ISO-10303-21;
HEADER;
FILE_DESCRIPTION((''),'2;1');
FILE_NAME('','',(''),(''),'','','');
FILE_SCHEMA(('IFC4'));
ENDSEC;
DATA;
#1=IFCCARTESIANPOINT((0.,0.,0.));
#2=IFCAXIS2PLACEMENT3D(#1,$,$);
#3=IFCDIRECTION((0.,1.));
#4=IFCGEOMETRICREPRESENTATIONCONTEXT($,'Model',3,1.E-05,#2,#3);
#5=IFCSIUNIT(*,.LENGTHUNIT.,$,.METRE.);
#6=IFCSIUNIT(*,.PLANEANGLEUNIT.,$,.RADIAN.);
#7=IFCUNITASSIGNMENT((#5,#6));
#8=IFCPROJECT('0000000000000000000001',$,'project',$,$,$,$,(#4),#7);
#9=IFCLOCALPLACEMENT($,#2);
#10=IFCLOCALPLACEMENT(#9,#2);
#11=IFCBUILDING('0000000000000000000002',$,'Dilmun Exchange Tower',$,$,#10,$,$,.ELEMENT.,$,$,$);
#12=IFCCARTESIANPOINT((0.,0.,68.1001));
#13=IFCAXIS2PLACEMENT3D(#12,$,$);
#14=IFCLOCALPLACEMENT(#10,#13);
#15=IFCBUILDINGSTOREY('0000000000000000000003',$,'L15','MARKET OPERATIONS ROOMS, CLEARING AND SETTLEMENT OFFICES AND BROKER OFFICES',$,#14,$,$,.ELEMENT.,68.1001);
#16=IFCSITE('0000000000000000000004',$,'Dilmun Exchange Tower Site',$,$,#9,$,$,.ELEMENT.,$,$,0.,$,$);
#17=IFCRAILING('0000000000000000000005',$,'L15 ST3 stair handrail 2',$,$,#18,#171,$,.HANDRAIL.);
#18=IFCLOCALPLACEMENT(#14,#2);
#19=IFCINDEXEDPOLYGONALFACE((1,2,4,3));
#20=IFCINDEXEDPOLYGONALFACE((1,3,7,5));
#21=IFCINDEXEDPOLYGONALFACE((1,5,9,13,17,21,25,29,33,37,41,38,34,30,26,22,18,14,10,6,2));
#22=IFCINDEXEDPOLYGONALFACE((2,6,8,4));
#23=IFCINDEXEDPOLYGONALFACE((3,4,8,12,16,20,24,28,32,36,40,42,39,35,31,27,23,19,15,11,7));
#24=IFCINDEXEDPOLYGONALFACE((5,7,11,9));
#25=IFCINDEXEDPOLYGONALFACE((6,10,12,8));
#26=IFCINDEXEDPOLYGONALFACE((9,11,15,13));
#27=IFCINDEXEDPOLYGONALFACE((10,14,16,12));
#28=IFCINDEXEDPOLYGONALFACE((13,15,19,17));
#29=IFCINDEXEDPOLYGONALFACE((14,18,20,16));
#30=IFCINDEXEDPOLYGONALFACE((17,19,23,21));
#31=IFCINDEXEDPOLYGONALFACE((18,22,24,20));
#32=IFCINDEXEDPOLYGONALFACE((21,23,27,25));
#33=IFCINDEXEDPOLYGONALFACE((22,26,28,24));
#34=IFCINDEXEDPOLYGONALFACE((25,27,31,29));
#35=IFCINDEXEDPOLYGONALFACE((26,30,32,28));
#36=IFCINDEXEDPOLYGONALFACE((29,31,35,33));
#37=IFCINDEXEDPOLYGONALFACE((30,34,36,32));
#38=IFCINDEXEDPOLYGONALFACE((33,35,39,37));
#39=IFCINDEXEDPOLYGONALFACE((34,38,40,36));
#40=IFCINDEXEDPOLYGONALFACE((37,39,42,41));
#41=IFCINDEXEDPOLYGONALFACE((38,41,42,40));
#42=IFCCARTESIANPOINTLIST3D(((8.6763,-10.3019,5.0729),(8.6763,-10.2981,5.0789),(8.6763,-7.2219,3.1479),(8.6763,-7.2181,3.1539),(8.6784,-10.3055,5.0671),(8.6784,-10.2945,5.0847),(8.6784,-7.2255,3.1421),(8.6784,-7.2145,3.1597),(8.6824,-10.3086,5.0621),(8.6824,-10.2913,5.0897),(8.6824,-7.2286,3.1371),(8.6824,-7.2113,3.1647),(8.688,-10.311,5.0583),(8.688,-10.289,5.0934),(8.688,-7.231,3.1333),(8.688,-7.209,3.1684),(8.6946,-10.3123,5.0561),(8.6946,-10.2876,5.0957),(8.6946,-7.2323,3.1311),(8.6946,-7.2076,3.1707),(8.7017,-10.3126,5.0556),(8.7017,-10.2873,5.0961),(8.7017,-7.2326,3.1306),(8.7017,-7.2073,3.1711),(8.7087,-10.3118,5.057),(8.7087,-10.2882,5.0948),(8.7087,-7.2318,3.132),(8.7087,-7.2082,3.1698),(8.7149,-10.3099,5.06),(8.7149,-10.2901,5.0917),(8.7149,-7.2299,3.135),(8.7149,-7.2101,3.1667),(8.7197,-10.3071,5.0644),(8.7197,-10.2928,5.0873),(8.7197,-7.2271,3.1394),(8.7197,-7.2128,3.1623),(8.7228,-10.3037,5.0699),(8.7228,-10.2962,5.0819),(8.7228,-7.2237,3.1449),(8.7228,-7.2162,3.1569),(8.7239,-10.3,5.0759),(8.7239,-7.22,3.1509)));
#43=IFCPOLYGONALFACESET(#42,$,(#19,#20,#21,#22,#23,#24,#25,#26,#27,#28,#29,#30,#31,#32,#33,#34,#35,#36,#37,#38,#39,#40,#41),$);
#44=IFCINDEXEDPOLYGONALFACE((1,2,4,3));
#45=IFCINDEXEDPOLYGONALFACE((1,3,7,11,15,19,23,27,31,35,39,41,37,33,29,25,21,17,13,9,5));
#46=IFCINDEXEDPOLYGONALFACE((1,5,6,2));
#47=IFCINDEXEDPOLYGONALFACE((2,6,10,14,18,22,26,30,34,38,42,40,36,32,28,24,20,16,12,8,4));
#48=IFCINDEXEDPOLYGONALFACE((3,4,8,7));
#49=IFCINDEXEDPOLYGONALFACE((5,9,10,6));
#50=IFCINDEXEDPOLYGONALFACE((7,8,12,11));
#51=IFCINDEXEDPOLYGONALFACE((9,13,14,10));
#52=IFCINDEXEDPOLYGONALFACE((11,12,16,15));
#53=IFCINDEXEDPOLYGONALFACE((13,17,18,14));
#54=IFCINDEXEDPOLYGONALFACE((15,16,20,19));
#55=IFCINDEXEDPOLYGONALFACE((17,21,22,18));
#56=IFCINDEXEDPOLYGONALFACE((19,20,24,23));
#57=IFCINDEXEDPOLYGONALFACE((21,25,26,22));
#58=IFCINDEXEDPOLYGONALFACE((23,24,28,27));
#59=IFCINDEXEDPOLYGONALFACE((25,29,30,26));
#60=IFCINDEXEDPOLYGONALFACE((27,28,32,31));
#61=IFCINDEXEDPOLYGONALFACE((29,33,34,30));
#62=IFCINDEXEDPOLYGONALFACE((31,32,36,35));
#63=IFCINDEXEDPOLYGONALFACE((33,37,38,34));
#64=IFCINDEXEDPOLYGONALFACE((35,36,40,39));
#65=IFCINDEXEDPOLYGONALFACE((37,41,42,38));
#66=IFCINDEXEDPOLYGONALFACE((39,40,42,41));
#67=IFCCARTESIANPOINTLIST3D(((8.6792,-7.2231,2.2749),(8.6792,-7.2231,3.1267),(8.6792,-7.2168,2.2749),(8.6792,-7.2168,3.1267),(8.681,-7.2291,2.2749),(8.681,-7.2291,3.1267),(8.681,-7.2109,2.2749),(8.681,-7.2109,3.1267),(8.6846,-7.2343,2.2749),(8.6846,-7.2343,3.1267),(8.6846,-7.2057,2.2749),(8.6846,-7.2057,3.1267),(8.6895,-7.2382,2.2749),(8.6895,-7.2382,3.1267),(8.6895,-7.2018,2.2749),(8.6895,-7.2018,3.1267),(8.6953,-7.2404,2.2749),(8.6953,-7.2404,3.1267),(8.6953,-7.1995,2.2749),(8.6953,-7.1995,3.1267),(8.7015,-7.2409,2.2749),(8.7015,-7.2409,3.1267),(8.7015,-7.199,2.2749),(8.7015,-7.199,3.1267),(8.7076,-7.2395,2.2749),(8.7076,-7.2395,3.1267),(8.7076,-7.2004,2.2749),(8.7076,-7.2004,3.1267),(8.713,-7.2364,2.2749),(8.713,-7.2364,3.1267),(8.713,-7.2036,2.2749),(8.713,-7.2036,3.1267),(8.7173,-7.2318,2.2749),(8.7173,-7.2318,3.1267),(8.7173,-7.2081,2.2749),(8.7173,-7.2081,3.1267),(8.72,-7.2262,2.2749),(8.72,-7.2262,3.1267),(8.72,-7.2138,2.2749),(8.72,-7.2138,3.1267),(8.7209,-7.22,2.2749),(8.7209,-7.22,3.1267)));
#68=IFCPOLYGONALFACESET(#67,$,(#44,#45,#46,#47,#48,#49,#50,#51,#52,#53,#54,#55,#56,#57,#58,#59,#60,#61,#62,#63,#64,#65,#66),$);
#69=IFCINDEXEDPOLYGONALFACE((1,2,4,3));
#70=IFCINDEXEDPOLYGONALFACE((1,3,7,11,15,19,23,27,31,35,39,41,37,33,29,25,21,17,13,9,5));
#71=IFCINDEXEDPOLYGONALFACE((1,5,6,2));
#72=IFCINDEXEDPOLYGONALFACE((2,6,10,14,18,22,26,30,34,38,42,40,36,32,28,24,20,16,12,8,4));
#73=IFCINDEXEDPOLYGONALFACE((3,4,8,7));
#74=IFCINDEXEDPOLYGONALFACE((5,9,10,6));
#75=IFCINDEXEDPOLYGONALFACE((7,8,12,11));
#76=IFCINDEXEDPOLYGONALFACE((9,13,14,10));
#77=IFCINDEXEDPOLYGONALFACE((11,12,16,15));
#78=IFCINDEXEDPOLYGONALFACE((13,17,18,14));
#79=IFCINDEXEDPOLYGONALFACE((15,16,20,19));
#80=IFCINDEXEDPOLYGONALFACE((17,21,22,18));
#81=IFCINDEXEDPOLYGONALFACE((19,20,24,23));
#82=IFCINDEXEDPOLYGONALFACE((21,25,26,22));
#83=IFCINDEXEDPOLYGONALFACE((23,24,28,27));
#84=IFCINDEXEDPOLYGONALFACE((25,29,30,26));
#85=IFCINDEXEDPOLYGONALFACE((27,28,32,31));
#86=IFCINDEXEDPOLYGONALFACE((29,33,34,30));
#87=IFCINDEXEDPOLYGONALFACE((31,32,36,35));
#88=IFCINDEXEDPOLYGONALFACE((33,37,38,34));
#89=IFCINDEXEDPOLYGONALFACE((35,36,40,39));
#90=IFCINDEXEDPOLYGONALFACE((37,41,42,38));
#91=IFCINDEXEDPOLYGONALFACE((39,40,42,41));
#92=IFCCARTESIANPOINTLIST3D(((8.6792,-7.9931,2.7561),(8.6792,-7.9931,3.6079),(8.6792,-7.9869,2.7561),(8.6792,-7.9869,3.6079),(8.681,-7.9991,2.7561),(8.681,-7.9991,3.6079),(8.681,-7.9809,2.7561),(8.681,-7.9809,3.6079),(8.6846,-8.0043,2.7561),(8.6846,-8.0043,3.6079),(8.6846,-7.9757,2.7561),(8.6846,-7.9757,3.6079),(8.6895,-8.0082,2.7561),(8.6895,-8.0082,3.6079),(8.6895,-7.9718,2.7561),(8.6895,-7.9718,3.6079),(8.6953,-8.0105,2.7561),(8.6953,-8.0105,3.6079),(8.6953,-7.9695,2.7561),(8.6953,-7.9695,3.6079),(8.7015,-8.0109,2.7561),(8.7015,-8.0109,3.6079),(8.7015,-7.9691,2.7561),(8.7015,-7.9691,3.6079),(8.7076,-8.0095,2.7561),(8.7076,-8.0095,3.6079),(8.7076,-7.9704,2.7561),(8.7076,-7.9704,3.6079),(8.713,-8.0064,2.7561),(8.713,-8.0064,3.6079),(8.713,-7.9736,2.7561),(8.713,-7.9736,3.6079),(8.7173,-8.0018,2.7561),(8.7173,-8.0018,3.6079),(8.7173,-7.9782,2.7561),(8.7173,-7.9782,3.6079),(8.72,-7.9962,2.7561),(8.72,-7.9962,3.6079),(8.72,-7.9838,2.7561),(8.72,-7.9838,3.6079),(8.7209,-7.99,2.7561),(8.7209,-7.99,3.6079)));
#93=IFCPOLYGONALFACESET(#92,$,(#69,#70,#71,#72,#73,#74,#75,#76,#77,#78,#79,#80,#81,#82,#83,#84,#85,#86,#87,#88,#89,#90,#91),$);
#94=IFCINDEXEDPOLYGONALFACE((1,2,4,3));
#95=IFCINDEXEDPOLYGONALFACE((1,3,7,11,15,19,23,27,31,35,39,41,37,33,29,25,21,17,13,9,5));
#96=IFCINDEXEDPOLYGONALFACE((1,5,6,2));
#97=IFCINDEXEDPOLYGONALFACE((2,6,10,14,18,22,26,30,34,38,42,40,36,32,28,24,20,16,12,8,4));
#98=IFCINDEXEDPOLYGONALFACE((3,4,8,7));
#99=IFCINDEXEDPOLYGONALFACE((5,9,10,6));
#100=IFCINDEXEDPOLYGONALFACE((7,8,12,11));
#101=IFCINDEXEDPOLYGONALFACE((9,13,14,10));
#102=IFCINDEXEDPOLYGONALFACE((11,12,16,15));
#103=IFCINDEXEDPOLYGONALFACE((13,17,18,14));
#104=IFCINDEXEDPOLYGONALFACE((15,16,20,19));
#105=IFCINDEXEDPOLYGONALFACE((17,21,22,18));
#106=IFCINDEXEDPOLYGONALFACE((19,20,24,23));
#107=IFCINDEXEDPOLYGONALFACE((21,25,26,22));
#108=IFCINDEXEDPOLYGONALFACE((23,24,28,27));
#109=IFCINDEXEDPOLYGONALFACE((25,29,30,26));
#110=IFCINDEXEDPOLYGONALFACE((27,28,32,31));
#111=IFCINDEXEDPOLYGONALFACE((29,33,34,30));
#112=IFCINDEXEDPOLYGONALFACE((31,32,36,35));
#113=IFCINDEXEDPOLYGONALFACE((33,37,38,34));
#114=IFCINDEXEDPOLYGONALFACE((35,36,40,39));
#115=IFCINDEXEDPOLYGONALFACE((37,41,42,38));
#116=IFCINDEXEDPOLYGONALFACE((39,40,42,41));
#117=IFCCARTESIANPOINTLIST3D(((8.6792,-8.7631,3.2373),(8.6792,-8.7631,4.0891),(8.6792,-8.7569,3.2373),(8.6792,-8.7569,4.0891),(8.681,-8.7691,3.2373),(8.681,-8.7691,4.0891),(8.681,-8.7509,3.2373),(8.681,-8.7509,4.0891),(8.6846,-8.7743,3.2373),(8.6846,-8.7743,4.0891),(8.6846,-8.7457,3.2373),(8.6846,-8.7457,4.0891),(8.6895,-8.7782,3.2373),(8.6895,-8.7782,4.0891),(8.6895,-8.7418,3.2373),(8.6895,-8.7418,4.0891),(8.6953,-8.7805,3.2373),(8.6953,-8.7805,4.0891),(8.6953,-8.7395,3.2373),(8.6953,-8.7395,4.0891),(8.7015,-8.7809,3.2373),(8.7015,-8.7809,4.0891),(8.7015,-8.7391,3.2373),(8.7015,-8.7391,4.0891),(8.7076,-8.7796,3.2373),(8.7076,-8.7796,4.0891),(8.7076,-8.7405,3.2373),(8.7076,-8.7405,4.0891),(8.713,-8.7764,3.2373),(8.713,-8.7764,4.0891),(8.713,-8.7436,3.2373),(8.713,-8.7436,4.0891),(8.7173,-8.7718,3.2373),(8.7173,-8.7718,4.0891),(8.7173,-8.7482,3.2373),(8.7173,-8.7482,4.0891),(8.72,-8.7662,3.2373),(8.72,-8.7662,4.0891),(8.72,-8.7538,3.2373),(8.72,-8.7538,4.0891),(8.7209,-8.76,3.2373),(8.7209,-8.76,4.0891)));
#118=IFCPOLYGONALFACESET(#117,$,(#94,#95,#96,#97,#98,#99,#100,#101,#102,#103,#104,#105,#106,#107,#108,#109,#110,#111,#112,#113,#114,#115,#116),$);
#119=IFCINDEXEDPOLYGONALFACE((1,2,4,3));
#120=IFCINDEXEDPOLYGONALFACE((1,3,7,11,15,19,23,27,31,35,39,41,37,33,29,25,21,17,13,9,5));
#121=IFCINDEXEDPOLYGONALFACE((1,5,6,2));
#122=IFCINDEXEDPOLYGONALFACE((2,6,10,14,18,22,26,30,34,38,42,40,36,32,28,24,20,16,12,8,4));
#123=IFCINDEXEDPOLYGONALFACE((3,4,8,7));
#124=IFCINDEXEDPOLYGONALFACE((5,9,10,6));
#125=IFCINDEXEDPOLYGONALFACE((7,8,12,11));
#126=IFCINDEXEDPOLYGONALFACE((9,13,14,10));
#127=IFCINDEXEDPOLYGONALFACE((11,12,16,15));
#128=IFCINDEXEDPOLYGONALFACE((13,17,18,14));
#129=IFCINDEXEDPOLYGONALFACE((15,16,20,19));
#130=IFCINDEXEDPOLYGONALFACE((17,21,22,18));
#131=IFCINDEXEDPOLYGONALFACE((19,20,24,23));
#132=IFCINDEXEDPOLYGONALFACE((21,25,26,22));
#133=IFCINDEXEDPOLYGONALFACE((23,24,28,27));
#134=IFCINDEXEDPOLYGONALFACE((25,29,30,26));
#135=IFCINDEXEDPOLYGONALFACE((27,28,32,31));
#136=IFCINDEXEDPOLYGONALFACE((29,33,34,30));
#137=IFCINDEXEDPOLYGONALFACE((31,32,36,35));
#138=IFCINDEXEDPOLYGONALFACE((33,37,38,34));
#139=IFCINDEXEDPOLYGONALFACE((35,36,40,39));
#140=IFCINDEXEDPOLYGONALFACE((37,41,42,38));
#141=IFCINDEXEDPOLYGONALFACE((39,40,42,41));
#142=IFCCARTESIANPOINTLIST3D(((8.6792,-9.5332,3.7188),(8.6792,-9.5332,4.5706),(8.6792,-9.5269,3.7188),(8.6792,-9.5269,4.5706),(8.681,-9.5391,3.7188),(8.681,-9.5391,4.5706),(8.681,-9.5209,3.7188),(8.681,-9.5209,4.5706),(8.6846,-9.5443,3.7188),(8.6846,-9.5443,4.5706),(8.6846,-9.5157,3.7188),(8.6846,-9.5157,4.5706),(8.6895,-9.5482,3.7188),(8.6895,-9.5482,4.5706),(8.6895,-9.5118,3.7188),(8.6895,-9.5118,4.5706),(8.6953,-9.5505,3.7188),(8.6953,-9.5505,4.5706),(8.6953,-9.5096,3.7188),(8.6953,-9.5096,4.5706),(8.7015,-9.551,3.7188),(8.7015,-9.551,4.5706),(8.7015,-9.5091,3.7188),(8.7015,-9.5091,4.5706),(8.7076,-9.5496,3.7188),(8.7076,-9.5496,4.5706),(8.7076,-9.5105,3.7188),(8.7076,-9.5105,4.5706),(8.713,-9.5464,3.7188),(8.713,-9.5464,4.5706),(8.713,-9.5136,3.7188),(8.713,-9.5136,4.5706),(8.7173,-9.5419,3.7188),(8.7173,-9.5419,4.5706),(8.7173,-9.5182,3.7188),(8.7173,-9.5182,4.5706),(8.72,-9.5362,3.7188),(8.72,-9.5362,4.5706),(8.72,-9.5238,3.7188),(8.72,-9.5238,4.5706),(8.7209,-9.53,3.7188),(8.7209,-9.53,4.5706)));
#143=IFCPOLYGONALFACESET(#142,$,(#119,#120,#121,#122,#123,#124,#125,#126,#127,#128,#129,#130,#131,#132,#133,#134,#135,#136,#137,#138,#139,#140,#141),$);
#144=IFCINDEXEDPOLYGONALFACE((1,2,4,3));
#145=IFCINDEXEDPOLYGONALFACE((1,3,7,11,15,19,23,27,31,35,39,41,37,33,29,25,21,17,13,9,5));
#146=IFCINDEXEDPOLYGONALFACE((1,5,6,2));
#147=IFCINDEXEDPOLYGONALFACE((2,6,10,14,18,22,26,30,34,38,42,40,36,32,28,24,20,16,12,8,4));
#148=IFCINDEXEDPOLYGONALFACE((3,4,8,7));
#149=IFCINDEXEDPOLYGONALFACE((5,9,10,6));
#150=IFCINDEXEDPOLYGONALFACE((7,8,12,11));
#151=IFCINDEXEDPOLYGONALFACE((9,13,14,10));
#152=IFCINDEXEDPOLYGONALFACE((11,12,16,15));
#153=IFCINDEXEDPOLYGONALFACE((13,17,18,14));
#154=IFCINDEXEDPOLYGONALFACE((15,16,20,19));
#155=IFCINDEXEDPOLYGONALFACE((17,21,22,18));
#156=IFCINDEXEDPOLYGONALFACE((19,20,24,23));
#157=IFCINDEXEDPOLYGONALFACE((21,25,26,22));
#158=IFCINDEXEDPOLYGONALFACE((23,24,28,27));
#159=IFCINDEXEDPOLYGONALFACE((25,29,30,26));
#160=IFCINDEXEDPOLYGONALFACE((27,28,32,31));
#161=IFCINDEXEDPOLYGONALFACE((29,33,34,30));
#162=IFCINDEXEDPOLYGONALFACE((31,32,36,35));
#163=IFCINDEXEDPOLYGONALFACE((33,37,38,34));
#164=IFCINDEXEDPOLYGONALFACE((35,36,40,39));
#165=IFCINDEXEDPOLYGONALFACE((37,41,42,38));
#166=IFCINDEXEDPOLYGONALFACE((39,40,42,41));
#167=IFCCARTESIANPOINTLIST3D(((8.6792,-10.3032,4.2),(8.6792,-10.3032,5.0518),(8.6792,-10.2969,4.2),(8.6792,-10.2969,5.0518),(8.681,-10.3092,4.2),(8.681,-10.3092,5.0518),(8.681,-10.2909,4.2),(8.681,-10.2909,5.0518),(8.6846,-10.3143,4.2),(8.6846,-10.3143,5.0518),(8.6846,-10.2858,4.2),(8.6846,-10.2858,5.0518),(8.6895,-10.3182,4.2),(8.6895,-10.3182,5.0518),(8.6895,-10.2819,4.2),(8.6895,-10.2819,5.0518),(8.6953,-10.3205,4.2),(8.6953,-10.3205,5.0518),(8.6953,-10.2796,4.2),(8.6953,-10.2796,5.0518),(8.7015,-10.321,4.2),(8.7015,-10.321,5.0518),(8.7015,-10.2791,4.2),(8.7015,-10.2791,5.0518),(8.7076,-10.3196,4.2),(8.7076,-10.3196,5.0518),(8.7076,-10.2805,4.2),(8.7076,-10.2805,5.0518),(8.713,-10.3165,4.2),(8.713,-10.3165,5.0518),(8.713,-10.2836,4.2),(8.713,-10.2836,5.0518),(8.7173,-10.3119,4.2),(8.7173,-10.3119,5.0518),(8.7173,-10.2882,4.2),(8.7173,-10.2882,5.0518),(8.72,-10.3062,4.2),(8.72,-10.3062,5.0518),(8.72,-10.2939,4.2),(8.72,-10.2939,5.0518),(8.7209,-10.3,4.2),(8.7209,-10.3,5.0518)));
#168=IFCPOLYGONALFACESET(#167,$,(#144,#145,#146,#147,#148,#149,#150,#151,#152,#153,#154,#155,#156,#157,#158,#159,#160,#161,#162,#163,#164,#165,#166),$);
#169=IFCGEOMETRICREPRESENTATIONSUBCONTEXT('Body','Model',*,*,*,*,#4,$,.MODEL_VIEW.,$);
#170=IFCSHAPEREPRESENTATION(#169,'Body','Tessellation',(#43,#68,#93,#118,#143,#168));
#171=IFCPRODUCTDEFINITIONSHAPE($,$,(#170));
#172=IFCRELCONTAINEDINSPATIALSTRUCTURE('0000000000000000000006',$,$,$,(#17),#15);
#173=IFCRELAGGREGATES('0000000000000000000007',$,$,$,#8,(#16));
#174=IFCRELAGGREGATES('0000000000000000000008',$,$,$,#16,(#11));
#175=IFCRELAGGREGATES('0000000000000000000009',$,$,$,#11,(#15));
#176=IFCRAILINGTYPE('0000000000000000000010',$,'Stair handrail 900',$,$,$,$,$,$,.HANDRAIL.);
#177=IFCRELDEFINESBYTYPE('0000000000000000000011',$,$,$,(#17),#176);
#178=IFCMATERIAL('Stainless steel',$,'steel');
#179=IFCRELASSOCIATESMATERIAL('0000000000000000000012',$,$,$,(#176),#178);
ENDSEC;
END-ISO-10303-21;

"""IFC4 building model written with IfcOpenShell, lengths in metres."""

from ifc_helpers import new_model, si_unit, direction, frame, origin, origin_2d, place, context, subcontext, project, spatial, circle, extrude, material, type_object, element, save


model = new_model("IFC4")

# Units and contexts
model_context = context("Model", 3, precision=1e-05, world=origin(), true_north=direction((0.0, 1.0)))
body_context = subcontext(model_context, "Body", "Model", "MODEL_VIEW")
ifc_project = project(units=[si_unit("LENGTHUNIT", "METRE"), si_unit("PLANEANGLEUNIT", "RADIAN")], contexts=[model_context])

# Site, building, storey
site_placement = place(None, origin())
site = spatial("IfcSite", under=ifc_project, at=site_placement, Name="Dilmun Exchange Tower Site", CompositionType="ELEMENT", RefElevation=0.0)
building_placement = place(site_placement, origin())
building = spatial("IfcBuilding", under=site, at=building_placement, Name="Dilmun Exchange Tower", CompositionType="ELEMENT")
storey_placement = place(building_placement, frame((0.0, 0.0, 68.1001)))
storey = spatial("IfcBuildingStorey", under=building, at=storey_placement, Name="L15", Description="MARKET OPERATIONS ROOMS, CLEARING AND SETTLEMENT OFFICES AND BROKER OFFICES", CompositionType="ELEMENT", Elevation=68.1001)

# Railing
ifc_material_1 = material(Name="Stainless steel", Category="steel")
railing_type = type_object("IfcRailingType", Name="Stair handrail 900", PredefinedType="HANDRAIL", material=ifc_material_1)
railing_placement = place(storey_placement, frame((8.7, -7.22, 2.2749)))
element("IfcRailing", 1, at=railing_placement, inside=storey, type_object=railing_type, Name="L15 ST3 stair handrail 2", PredefinedType="HANDRAIL", context=body_context, shape_type="SweptSolid", body=[
    extrude(circle(Radius=0.0239, at=origin_2d()), frame((0.0, 0.0, 0.876), z_axis=(0.0, -0.847998, 0.529999), x_axis=(1.0, 0.0, 0.0)), (0.0, 0.0, 1.0), 3.6321),
    extrude(circle(Radius=0.021, at=origin_2d()), origin(), (0.0, 0.0, 1.0), 0.8518),
    extrude(circle(Radius=0.021, at=origin_2d()), frame((0.0, -0.77, 0.4812)), (0.0, 0.0, 1.0), 0.8518),
    extrude(circle(Radius=0.021, at=origin_2d()), frame((0.0, -1.54, 0.9624)), (0.0, 0.0, 1.0), 0.8518),
    extrude(circle(Radius=0.021, at=origin_2d()), frame((0.0, -2.3101, 1.4438)), (0.0, 0.0, 1.0), 0.8518),
    extrude(circle(Radius=0.021, at=origin_2d()), frame((0.0, -3.0801, 1.925)), (0.0, 0.0, 1.0), 0.8518),
])

save(model, "model.ifc")
